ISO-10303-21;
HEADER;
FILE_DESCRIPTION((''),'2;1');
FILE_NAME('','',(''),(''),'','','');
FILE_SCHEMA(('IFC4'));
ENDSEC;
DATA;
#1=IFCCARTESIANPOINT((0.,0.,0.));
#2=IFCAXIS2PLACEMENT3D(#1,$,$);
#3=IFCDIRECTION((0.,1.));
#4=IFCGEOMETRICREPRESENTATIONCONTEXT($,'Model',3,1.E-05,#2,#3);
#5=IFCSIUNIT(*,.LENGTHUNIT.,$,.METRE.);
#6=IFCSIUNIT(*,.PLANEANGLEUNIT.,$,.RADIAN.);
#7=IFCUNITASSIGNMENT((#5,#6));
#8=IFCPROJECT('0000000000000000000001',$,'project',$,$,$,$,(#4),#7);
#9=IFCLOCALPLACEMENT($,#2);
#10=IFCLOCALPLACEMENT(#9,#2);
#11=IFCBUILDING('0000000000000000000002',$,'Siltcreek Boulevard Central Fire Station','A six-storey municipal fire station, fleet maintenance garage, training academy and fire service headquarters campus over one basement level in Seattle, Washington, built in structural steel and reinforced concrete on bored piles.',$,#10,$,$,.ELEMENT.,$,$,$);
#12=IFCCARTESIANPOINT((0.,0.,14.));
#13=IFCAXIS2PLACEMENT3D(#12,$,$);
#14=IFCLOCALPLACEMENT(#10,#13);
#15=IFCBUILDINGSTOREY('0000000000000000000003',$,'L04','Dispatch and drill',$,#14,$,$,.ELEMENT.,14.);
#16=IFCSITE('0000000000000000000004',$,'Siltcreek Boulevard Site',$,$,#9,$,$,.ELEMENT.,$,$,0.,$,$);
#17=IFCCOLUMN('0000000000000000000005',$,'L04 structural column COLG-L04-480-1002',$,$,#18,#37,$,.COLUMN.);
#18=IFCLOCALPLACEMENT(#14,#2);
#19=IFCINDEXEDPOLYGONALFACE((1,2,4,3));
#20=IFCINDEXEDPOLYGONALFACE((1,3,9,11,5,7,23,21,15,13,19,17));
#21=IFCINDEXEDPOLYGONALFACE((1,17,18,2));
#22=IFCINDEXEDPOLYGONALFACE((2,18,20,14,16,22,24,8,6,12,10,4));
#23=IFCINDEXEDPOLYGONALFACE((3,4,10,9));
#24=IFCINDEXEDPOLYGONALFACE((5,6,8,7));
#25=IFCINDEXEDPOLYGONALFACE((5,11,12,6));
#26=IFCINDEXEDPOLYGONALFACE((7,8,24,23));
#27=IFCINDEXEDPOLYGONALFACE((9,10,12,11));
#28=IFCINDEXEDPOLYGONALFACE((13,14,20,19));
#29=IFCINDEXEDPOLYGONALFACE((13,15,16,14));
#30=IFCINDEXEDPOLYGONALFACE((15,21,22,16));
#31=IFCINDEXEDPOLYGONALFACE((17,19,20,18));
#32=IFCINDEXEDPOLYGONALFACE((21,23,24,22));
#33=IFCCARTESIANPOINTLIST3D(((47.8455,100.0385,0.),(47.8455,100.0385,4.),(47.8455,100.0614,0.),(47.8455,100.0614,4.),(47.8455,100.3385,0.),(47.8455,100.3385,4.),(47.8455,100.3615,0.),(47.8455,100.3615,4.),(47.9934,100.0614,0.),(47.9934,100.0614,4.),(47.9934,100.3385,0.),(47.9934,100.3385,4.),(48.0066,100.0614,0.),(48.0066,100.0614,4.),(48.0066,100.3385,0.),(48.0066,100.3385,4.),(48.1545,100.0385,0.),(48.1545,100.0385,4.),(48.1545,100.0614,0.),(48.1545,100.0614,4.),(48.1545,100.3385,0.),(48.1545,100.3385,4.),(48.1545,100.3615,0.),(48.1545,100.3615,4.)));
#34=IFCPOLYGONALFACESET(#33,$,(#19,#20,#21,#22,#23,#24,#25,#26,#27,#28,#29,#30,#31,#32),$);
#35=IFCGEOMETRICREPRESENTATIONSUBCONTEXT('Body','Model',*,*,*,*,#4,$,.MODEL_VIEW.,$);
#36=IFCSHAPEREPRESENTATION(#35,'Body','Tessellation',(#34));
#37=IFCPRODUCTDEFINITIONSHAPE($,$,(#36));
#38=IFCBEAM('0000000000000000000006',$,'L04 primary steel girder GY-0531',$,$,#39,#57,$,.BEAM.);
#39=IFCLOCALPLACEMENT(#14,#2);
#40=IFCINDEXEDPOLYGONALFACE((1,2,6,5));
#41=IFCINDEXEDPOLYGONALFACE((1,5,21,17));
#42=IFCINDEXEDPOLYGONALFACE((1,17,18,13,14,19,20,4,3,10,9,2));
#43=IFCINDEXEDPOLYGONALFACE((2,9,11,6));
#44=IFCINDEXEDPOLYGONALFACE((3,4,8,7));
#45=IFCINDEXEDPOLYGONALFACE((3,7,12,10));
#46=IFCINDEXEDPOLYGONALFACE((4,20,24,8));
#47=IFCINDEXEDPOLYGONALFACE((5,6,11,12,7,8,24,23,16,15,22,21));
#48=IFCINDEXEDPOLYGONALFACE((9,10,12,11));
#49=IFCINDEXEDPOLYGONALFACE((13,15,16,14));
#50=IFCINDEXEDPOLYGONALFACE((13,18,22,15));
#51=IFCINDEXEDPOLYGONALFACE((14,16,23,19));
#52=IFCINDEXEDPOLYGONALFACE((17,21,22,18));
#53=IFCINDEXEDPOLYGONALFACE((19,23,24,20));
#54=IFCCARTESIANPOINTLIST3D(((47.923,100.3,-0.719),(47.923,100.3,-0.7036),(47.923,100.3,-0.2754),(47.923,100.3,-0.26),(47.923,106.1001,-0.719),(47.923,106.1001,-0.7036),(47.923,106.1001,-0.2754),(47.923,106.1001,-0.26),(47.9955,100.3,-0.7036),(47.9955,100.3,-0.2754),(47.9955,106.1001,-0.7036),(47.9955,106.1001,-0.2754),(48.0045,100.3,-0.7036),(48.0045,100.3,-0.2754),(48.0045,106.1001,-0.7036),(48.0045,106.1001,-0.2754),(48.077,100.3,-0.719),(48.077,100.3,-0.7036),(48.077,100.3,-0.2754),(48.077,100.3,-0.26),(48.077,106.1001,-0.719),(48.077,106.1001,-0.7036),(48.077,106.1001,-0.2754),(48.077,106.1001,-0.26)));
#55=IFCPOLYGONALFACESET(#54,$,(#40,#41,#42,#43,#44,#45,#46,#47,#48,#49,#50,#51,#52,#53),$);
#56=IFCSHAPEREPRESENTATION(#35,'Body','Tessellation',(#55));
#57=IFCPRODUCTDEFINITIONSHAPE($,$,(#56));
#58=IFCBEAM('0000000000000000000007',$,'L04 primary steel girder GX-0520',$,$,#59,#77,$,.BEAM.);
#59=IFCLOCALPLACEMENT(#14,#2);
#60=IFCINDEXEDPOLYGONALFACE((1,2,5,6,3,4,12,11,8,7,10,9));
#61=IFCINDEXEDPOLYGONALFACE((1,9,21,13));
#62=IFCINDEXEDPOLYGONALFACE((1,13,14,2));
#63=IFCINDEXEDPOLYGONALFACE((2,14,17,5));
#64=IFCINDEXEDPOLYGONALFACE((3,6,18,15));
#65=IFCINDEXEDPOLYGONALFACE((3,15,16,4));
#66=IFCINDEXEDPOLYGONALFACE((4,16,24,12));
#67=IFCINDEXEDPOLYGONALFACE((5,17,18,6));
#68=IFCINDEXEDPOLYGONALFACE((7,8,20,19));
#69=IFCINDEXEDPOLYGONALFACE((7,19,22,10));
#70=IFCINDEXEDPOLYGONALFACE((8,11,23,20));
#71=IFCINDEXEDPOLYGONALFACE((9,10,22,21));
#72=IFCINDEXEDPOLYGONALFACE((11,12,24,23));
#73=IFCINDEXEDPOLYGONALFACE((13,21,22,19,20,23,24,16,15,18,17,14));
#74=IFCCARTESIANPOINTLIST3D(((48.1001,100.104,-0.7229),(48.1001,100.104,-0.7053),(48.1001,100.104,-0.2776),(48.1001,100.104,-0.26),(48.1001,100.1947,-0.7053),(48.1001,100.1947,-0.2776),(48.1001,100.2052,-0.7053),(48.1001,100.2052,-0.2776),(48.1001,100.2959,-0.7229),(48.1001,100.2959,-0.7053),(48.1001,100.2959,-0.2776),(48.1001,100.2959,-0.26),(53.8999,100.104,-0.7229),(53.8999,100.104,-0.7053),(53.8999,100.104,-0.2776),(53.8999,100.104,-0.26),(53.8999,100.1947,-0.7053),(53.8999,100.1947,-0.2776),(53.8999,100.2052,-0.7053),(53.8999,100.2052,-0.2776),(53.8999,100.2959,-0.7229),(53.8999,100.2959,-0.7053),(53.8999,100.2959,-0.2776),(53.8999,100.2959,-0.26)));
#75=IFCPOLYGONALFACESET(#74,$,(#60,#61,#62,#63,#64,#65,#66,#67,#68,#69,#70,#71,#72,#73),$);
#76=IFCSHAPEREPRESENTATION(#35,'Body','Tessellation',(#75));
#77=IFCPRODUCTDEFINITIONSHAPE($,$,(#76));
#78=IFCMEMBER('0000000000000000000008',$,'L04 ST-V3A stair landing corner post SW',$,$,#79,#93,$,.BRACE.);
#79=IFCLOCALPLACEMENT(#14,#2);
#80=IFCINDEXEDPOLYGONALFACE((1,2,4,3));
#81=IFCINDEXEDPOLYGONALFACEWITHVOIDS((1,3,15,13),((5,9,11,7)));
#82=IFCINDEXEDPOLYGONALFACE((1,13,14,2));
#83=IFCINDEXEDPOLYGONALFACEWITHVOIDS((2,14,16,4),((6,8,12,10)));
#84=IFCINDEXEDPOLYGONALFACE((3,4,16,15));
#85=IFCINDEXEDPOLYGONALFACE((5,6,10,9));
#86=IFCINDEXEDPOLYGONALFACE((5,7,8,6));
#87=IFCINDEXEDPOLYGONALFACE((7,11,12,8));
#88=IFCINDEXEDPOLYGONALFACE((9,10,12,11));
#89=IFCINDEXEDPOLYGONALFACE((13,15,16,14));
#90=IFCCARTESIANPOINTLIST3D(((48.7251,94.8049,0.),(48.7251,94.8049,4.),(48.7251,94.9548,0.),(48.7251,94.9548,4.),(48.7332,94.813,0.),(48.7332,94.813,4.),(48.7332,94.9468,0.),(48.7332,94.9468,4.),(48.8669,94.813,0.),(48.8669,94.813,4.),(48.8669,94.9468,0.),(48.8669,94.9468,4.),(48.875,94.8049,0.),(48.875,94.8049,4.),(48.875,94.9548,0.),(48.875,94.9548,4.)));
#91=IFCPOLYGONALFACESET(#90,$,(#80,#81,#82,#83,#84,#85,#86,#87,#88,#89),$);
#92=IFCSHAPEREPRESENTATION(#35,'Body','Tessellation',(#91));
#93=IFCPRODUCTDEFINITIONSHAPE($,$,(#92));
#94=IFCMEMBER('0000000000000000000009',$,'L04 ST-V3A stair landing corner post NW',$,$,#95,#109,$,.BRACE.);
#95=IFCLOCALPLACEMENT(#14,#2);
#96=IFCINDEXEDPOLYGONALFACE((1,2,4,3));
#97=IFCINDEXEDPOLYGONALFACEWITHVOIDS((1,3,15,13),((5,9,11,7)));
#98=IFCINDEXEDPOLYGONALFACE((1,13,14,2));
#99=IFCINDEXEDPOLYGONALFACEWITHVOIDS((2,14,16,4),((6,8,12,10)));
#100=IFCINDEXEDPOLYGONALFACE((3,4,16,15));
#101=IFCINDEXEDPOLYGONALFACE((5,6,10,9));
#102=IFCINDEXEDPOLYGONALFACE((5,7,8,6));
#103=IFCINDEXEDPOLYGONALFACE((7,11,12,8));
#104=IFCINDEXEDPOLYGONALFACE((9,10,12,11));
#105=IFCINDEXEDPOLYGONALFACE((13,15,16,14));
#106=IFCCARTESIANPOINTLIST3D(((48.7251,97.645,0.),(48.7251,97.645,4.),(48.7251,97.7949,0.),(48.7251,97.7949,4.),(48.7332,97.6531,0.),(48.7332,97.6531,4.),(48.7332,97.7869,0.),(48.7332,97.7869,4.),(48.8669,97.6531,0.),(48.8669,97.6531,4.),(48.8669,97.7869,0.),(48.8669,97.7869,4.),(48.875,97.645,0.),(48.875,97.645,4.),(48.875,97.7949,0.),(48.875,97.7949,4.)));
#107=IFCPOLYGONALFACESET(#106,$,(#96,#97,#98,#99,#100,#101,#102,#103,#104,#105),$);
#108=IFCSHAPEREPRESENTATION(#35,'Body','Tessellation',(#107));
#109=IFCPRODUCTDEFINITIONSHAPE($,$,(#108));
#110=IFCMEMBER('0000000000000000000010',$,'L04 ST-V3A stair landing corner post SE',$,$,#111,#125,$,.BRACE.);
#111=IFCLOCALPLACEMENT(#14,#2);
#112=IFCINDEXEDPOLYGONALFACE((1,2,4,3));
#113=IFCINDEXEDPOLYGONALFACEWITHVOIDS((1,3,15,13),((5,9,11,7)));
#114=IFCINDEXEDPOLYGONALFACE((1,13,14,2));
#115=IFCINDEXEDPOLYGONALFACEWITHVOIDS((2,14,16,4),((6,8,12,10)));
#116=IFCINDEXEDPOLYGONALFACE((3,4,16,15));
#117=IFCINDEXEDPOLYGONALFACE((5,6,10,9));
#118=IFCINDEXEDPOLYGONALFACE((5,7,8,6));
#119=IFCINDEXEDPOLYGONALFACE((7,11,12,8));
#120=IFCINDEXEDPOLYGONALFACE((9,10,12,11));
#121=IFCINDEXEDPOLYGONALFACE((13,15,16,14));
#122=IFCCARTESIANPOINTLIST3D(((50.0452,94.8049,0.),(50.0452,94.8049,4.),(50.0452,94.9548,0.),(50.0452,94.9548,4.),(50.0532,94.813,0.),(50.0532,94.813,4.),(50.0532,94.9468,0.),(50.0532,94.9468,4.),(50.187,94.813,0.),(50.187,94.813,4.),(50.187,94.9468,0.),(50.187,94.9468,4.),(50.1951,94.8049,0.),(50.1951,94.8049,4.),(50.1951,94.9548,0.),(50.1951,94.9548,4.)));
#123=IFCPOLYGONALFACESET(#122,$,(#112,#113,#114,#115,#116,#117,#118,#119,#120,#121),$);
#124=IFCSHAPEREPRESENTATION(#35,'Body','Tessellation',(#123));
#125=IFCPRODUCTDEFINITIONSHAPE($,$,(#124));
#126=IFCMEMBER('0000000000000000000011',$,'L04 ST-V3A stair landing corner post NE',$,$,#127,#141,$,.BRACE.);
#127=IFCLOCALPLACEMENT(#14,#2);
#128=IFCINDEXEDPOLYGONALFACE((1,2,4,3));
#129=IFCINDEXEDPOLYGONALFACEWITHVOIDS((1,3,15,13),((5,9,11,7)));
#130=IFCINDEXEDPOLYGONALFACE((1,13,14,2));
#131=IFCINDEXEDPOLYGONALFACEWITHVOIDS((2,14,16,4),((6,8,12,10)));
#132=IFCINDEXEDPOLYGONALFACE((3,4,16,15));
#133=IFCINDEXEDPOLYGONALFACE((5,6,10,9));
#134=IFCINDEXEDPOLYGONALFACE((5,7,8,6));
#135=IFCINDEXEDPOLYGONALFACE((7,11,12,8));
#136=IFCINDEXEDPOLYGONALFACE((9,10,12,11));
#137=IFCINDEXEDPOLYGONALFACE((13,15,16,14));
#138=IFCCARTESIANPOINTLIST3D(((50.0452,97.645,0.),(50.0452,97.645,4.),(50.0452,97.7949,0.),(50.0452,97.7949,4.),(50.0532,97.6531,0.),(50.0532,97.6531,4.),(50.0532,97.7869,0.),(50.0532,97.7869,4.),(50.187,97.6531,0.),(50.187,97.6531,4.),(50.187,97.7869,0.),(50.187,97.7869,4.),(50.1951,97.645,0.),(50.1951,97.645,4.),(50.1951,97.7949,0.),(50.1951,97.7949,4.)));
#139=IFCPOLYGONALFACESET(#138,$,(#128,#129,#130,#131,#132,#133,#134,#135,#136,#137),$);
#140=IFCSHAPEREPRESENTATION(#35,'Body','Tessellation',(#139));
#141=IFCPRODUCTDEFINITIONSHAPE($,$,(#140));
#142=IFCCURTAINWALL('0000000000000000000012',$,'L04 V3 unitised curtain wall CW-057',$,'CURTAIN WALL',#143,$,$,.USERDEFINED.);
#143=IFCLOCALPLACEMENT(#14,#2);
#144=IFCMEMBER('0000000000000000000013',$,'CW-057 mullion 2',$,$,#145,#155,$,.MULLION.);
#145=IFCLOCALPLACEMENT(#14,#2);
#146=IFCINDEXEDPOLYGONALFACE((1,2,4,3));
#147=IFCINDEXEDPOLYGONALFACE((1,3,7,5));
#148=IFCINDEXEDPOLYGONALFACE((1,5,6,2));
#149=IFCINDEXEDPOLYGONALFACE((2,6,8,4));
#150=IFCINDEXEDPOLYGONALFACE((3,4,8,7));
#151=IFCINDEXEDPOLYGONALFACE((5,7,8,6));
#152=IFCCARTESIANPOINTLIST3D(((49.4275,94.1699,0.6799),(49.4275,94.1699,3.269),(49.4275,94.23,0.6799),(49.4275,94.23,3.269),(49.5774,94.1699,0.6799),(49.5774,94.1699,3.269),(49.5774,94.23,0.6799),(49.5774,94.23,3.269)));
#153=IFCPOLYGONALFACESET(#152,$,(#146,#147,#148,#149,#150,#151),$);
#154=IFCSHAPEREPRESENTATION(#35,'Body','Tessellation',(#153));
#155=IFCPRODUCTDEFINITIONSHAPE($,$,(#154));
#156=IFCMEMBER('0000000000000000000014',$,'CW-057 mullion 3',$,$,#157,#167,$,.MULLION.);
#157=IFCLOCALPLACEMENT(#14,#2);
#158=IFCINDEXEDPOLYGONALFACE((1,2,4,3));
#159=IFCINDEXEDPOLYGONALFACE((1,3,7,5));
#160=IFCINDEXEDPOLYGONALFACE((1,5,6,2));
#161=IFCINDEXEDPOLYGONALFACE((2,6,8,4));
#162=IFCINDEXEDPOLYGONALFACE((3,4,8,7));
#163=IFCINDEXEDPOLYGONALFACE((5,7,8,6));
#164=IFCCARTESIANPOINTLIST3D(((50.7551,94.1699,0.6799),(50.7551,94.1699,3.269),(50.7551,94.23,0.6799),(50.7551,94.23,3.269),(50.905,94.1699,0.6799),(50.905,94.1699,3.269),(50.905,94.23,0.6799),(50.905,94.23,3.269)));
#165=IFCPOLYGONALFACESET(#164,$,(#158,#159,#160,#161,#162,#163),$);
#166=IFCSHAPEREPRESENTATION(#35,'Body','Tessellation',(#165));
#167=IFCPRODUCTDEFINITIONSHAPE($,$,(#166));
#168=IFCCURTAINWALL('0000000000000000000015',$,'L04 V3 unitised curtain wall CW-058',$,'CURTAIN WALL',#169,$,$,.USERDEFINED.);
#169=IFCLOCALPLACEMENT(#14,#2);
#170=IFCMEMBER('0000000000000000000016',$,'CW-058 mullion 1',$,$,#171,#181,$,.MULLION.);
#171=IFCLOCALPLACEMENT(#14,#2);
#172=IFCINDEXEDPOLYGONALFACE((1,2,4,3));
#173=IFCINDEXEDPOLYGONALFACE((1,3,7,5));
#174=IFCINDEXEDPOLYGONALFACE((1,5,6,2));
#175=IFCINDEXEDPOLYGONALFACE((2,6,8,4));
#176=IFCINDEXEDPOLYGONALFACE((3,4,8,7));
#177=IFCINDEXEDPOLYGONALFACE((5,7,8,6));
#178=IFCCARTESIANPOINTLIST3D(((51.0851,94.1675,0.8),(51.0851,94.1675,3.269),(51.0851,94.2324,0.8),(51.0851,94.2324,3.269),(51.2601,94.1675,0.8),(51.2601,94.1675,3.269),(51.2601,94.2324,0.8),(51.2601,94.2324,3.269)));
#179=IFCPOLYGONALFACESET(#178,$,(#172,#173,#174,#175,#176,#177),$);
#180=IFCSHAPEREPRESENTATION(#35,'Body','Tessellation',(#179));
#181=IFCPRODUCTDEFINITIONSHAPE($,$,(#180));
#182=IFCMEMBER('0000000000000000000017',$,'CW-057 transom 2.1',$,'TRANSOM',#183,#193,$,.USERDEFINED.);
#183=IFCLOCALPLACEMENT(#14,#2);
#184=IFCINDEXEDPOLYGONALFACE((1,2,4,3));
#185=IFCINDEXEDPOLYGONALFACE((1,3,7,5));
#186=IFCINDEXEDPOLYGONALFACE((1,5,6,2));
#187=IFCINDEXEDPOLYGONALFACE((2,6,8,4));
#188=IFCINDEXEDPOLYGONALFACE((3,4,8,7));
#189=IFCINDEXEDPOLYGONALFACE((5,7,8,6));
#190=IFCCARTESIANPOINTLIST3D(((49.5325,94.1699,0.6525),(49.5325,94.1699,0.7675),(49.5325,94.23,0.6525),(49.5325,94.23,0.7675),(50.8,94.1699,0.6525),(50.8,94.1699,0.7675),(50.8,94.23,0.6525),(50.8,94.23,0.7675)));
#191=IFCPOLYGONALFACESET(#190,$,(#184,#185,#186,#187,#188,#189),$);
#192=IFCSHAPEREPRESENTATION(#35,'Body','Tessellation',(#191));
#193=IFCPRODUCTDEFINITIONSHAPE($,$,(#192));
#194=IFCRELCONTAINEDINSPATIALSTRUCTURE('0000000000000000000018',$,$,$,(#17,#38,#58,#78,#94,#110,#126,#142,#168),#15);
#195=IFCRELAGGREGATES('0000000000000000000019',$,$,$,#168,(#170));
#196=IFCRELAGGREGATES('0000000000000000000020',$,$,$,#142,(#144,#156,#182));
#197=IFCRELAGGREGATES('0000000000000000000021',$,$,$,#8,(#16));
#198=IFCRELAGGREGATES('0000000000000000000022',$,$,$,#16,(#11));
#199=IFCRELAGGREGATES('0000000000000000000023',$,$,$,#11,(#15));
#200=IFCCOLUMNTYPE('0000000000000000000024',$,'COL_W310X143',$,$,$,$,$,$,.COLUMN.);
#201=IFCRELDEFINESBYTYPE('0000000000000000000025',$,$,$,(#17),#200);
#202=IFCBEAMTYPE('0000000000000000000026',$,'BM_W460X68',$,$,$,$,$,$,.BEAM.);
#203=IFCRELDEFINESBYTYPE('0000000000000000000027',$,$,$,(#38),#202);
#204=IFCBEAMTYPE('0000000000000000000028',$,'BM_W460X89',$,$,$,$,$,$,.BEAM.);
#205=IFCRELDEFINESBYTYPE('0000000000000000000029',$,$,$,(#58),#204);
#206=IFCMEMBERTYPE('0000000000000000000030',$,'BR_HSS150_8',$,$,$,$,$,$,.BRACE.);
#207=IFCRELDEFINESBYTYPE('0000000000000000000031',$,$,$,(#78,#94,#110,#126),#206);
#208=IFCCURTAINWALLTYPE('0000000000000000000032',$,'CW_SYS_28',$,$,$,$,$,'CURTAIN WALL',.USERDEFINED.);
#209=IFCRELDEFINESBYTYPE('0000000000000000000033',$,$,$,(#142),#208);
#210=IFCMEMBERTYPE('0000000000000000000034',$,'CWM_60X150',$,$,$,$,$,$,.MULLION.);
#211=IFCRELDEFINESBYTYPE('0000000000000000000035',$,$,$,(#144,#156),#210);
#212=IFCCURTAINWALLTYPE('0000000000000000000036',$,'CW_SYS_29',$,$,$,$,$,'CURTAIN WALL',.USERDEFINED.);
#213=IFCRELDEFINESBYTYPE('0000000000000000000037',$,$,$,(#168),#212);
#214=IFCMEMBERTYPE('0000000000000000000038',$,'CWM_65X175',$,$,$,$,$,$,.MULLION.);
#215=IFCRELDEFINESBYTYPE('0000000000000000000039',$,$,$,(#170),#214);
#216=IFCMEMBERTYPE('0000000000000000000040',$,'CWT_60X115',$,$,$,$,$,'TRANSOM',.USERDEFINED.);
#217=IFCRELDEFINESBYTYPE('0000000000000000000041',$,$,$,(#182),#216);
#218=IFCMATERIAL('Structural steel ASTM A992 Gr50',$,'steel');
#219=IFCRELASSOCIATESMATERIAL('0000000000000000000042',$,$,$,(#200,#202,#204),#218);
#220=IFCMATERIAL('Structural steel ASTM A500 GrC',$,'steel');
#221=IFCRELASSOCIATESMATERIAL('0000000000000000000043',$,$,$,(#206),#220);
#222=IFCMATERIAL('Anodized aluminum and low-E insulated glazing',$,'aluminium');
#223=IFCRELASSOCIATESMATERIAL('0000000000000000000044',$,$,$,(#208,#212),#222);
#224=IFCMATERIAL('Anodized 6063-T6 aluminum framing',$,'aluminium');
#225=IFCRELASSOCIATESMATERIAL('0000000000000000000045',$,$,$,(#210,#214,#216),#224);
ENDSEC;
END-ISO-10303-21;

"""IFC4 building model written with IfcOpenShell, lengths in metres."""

from ifc_helpers import new_model, si_unit, direction, frame, origin, origin_2d, place, context, subcontext, project, spatial, rectangle, hollow_rectangle, i_section, extrude, material, material_profile, profile_set, type_object, element, aggregate, save


model = new_model("IFC4")

# Units and contexts
model_context = context("Model", 3, precision=1e-05, world=origin(), true_north=direction((0.0, 1.0)))
body_context = subcontext(model_context, "Body", "Model", "MODEL_VIEW")
ifc_project = project(units=[si_unit("LENGTHUNIT", "METRE"), si_unit("PLANEANGLEUNIT", "RADIAN")], contexts=[model_context])

# Site, building, storey
site_placement = place(None, origin())
site = spatial("IfcSite", under=ifc_project, at=site_placement, Name="Siltcreek Boulevard Site", CompositionType="ELEMENT", RefElevation=0.0)
building_placement = place(site_placement, origin())
building = spatial("IfcBuilding", under=site, at=building_placement, Name="Siltcreek Boulevard Central Fire Station", Description="A six-storey municipal fire station, fleet maintenance garage, training academy and fire service headquarters campus over one basement level in Seattle, Washington, built in structural steel and reinforced concrete on bored piles.", CompositionType="ELEMENT")
storey_placement = place(building_placement, frame((0.0, 0.0, 14.0)))
storey = spatial("IfcBuildingStorey", under=building, at=storey_placement, Name="L04", Description="Dispatch and drill", CompositionType="ELEMENT", Elevation=14.0)

# Column
ifc_material_1 = material(Name="Structural steel ASTM A992 Gr50", Category="steel")
ifc_material_profile_1 = material_profile(ifc_material_1, i_section(OverallWidth=0.3091, OverallDepth=0.323, WebThickness=0.0132, FlangeThickness=0.0229, at=origin_2d()), Name="W310X143")
ifc_profile_set_1 = profile_set([ifc_material_profile_1], Name="Structural steel ASTM A992 Gr50")
column_type = type_object("IfcColumnType", Name="COL_W310X143", PredefinedType="COLUMN", material=ifc_profile_set_1)
column_placement = place(storey_placement, frame((48.0, 100.2, 0.0), z_axis=(0.0, 0.0, 1.0), x_axis=(1.0, 0.0, 0.0)))
element("IfcColumn", 1, at=column_placement, inside=storey, type_object=column_type, Name="L04 structural column COLG-L04-480-1002", PredefinedType="COLUMN", context=body_context, shape_type="SweptSolid", body=[
    extrude(i_section(OverallWidth=0.3091, OverallDepth=0.323, WebThickness=0.0132, FlangeThickness=0.0229, at=origin_2d()), origin(), (0.0, 0.0, 1.0), 4.0),
])

# Beams
ifc_material_profile_2 = material_profile(ifc_material_1, i_section(OverallWidth=0.1541, OverallDepth=0.459, WebThickness=0.009, FlangeThickness=0.0154, at=origin_2d()), Name="W460X68")
ifc_profile_set_2 = profile_set([ifc_material_profile_2], Name="Structural steel ASTM A992 Gr50")
beam_type_1 = type_object("IfcBeamType", Name="BM_W460X68", PredefinedType="BEAM", material=ifc_profile_set_2)
beam_1_placement = place(storey_placement, frame((48.0, 100.3, -0.4895), z_axis=(0.0, 1.0, 0.0), x_axis=(-1.0, 0.0, 0.0)))
element("IfcBeam", 2, at=beam_1_placement, inside=storey, type_object=beam_type_1, Name="L04 primary steel girder GY-0531", PredefinedType="BEAM", context=body_context, shape_type="SweptSolid", body=[
    extrude(i_section(OverallWidth=0.1541, OverallDepth=0.459, WebThickness=0.009, FlangeThickness=0.0154, at=origin_2d()), origin(), (0.0, 0.0, 1.0), 5.8),
])
ifc_material_profile_3 = material_profile(ifc_material_1, i_section(OverallWidth=0.1919, OverallDepth=0.4629, WebThickness=0.0105, FlangeThickness=0.0176, at=origin_2d()), Name="W460X89")
ifc_profile_set_3 = profile_set([ifc_material_profile_3], Name="Structural steel ASTM A992 Gr50")
beam_type_2 = type_object("IfcBeamType", Name="BM_W460X89", PredefinedType="BEAM", material=ifc_profile_set_3)
beam_2_placement = place(storey_placement, frame((48.1001, 100.2, -0.4915), z_axis=(1.0, 0.0, 0.0), x_axis=(0.0, 1.0, 0.0)))
element("IfcBeam", 3, at=beam_2_placement, inside=storey, type_object=beam_type_2, Name="L04 primary steel girder GX-0520", PredefinedType="BEAM", context=body_context, shape_type="SweptSolid", body=[
    extrude(i_section(OverallWidth=0.1919, OverallDepth=0.4629, WebThickness=0.0105, FlangeThickness=0.0176, at=origin_2d()), origin(), (0.0, 0.0, 1.0), 5.7998),
])

# Members
ifc_material_2 = material(Name="Structural steel ASTM A500 GrC", Category="steel")
ifc_material_profile_4 = material_profile(ifc_material_2, hollow_rectangle(XDim=0.1499, YDim=0.1499, WallThickness=0.0081, at=origin_2d()), Name="HSS150X150X8.0")
ifc_profile_set_4 = profile_set([ifc_material_profile_4], Name="Structural steel ASTM A500 GrC")
member_type_1 = type_object("IfcMemberType", Name="BR_HSS150_8", PredefinedType="BRACE", material=ifc_profile_set_4)
for number, where, z_axis, x_axis, name in (
    (4, (48.8, 94.8799, 0.0), (0.0, 0.0, 1.0), (1.0, 0.0, 0.0), "L04 ST-V3A stair landing corner post SW"),
    (5, (48.8, 97.72, 0.0), (0.0, 0.0, 1.0), (1.0, 0.0, 0.0), "L04 ST-V3A stair landing corner post NW"),
    (6, (50.1201, 94.8799, 0.0), (0.0, 0.0, 1.0), (1.0, 0.0, 0.0), "L04 ST-V3A stair landing corner post SE"),
    (7, (50.1201, 97.72, 0.0), (0.0, 0.0, 1.0), (1.0, 0.0, 0.0), "L04 ST-V3A stair landing corner post NE"),
):
    element("IfcMember", number, at=place(storey_placement, frame(where, z_axis=z_axis, x_axis=x_axis)), inside=storey, type_object=member_type_1, Name=name, PredefinedType="BRACE", context=body_context, shape_type="SweptSolid", body=[
        extrude(hollow_rectangle(XDim=0.1499, YDim=0.1499, WallThickness=0.0081, at=origin_2d()), origin(), (0.0, 0.0, 1.0), 4.0),
    ])

# Curtain wall, members
ifc_material_3 = material(Name="Anodized aluminum and low-E insulated glazing", Category="aluminium")
curtain_wall_type_1 = type_object("IfcCurtainWallType", Name="CW_SYS_28", ElementType="CURTAIN WALL", PredefinedType="USERDEFINED", material=ifc_material_3)
curtain_wall_1_placement = place(storey_placement, origin())
curtain_wall_1 = element("IfcCurtainWall", 8, at=curtain_wall_1_placement, inside=storey, type_object=curtain_wall_type_1, Name="L04 V3 unitised curtain wall CW-057", ObjectType="CURTAIN WALL", PredefinedType="USERDEFINED")
ifc_material_4 = material(Name="Anodized 6063-T6 aluminum framing", Category="aluminium")
ifc_material_profile_5 = material_profile(ifc_material_4, rectangle(XDim=0.0601, YDim=0.1499, at=origin_2d()), Name="MULL60X150")
ifc_profile_set_5 = profile_set([ifc_material_profile_5], Name="Anodized 6063-T6 aluminum framing")
member_type_2 = type_object("IfcMemberType", Name="CWM_60X150", PredefinedType="MULLION", material=ifc_profile_set_5)
member_1_placement = place(storey_placement, frame((49.5024, 94.2, 0.6799), z_axis=(0.0, 0.0, 1.0), x_axis=(0.0, 1.0, 0.0)))
member_1 = element("IfcMember", 9, at=member_1_placement, type_object=member_type_2, Name="CW-057 mullion 2", PredefinedType="MULLION", context=body_context, shape_type="SweptSolid", body=[
    extrude(rectangle(XDim=0.0601, YDim=0.1499, at=origin_2d()), origin(), (0.0, 0.0, 1.0), 2.5891),
])
member_2_placement = place(storey_placement, frame((50.8301, 94.2, 0.6799), z_axis=(0.0, 0.0, 1.0), x_axis=(0.0, 1.0, 0.0)))
member_2 = element("IfcMember", 10, at=member_2_placement, type_object=member_type_2, Name="CW-057 mullion 3", PredefinedType="MULLION", context=body_context, shape_type="SweptSolid", body=[
    extrude(rectangle(XDim=0.0601, YDim=0.1499, at=origin_2d()), origin(), (0.0, 0.0, 1.0), 2.5891),
])

# Curtain wall, member
curtain_wall_type_2 = type_object("IfcCurtainWallType", Name="CW_SYS_29", ElementType="CURTAIN WALL", PredefinedType="USERDEFINED", material=ifc_material_3)
curtain_wall_2_placement = place(storey_placement, origin())
curtain_wall_2 = element("IfcCurtainWall", 11, at=curtain_wall_2_placement, inside=storey, type_object=curtain_wall_type_2, Name="L04 V3 unitised curtain wall CW-058", ObjectType="CURTAIN WALL", PredefinedType="USERDEFINED")
ifc_material_profile_6 = material_profile(ifc_material_4, rectangle(XDim=0.0649, YDim=0.175, at=origin_2d()), Name="MULL65X175")
ifc_profile_set_6 = profile_set([ifc_material_profile_6], Name="Anodized 6063-T6 aluminum framing")
member_type_3 = type_object("IfcMemberType", Name="CWM_65X175", PredefinedType="MULLION", material=ifc_profile_set_6)
member_3_placement = place(storey_placement, frame((51.1726, 94.2, 0.8), z_axis=(0.0, 0.0, 1.0), x_axis=(0.0, 1.0, 0.0)))
member_3 = element("IfcMember", 12, at=member_3_placement, type_object=member_type_3, Name="CW-058 mullion 1", PredefinedType="MULLION", context=body_context, shape_type="SweptSolid", body=[
    extrude(rectangle(XDim=0.0649, YDim=0.175, at=origin_2d()), origin(), (0.0, 0.0, 1.0), 2.469),
])
aggregate(curtain_wall_2, [member_3])

# Member
ifc_material_profile_7 = material_profile(ifc_material_4, rectangle(XDim=0.0601, YDim=0.115, at=origin_2d()), Name="TRAN60X115")
ifc_profile_set_7 = profile_set([ifc_material_profile_7], Name="Anodized 6063-T6 aluminum framing")
member_type_4 = type_object("IfcMemberType", Name="CWT_60X115", ElementType="TRANSOM", PredefinedType="USERDEFINED", material=ifc_profile_set_7)
member_4_placement = place(storey_placement, frame((49.5325, 94.2, 0.71), z_axis=(1.0, 0.0, 0.0), x_axis=(0.0, 1.0, 0.0)))
member_4 = element("IfcMember", 13, at=member_4_placement, type_object=member_type_4, Name="CW-057 transom 2.1", ObjectType="TRANSOM", PredefinedType="USERDEFINED", context=body_context, shape_type="SweptSolid", body=[
    extrude(rectangle(XDim=0.0601, YDim=0.115, at=origin_2d()), origin(), (0.0, 0.0, 1.0), 1.2676),
])

aggregate(curtain_wall_1, [member_1, member_2, member_4])

save(model, "model.ifc")
